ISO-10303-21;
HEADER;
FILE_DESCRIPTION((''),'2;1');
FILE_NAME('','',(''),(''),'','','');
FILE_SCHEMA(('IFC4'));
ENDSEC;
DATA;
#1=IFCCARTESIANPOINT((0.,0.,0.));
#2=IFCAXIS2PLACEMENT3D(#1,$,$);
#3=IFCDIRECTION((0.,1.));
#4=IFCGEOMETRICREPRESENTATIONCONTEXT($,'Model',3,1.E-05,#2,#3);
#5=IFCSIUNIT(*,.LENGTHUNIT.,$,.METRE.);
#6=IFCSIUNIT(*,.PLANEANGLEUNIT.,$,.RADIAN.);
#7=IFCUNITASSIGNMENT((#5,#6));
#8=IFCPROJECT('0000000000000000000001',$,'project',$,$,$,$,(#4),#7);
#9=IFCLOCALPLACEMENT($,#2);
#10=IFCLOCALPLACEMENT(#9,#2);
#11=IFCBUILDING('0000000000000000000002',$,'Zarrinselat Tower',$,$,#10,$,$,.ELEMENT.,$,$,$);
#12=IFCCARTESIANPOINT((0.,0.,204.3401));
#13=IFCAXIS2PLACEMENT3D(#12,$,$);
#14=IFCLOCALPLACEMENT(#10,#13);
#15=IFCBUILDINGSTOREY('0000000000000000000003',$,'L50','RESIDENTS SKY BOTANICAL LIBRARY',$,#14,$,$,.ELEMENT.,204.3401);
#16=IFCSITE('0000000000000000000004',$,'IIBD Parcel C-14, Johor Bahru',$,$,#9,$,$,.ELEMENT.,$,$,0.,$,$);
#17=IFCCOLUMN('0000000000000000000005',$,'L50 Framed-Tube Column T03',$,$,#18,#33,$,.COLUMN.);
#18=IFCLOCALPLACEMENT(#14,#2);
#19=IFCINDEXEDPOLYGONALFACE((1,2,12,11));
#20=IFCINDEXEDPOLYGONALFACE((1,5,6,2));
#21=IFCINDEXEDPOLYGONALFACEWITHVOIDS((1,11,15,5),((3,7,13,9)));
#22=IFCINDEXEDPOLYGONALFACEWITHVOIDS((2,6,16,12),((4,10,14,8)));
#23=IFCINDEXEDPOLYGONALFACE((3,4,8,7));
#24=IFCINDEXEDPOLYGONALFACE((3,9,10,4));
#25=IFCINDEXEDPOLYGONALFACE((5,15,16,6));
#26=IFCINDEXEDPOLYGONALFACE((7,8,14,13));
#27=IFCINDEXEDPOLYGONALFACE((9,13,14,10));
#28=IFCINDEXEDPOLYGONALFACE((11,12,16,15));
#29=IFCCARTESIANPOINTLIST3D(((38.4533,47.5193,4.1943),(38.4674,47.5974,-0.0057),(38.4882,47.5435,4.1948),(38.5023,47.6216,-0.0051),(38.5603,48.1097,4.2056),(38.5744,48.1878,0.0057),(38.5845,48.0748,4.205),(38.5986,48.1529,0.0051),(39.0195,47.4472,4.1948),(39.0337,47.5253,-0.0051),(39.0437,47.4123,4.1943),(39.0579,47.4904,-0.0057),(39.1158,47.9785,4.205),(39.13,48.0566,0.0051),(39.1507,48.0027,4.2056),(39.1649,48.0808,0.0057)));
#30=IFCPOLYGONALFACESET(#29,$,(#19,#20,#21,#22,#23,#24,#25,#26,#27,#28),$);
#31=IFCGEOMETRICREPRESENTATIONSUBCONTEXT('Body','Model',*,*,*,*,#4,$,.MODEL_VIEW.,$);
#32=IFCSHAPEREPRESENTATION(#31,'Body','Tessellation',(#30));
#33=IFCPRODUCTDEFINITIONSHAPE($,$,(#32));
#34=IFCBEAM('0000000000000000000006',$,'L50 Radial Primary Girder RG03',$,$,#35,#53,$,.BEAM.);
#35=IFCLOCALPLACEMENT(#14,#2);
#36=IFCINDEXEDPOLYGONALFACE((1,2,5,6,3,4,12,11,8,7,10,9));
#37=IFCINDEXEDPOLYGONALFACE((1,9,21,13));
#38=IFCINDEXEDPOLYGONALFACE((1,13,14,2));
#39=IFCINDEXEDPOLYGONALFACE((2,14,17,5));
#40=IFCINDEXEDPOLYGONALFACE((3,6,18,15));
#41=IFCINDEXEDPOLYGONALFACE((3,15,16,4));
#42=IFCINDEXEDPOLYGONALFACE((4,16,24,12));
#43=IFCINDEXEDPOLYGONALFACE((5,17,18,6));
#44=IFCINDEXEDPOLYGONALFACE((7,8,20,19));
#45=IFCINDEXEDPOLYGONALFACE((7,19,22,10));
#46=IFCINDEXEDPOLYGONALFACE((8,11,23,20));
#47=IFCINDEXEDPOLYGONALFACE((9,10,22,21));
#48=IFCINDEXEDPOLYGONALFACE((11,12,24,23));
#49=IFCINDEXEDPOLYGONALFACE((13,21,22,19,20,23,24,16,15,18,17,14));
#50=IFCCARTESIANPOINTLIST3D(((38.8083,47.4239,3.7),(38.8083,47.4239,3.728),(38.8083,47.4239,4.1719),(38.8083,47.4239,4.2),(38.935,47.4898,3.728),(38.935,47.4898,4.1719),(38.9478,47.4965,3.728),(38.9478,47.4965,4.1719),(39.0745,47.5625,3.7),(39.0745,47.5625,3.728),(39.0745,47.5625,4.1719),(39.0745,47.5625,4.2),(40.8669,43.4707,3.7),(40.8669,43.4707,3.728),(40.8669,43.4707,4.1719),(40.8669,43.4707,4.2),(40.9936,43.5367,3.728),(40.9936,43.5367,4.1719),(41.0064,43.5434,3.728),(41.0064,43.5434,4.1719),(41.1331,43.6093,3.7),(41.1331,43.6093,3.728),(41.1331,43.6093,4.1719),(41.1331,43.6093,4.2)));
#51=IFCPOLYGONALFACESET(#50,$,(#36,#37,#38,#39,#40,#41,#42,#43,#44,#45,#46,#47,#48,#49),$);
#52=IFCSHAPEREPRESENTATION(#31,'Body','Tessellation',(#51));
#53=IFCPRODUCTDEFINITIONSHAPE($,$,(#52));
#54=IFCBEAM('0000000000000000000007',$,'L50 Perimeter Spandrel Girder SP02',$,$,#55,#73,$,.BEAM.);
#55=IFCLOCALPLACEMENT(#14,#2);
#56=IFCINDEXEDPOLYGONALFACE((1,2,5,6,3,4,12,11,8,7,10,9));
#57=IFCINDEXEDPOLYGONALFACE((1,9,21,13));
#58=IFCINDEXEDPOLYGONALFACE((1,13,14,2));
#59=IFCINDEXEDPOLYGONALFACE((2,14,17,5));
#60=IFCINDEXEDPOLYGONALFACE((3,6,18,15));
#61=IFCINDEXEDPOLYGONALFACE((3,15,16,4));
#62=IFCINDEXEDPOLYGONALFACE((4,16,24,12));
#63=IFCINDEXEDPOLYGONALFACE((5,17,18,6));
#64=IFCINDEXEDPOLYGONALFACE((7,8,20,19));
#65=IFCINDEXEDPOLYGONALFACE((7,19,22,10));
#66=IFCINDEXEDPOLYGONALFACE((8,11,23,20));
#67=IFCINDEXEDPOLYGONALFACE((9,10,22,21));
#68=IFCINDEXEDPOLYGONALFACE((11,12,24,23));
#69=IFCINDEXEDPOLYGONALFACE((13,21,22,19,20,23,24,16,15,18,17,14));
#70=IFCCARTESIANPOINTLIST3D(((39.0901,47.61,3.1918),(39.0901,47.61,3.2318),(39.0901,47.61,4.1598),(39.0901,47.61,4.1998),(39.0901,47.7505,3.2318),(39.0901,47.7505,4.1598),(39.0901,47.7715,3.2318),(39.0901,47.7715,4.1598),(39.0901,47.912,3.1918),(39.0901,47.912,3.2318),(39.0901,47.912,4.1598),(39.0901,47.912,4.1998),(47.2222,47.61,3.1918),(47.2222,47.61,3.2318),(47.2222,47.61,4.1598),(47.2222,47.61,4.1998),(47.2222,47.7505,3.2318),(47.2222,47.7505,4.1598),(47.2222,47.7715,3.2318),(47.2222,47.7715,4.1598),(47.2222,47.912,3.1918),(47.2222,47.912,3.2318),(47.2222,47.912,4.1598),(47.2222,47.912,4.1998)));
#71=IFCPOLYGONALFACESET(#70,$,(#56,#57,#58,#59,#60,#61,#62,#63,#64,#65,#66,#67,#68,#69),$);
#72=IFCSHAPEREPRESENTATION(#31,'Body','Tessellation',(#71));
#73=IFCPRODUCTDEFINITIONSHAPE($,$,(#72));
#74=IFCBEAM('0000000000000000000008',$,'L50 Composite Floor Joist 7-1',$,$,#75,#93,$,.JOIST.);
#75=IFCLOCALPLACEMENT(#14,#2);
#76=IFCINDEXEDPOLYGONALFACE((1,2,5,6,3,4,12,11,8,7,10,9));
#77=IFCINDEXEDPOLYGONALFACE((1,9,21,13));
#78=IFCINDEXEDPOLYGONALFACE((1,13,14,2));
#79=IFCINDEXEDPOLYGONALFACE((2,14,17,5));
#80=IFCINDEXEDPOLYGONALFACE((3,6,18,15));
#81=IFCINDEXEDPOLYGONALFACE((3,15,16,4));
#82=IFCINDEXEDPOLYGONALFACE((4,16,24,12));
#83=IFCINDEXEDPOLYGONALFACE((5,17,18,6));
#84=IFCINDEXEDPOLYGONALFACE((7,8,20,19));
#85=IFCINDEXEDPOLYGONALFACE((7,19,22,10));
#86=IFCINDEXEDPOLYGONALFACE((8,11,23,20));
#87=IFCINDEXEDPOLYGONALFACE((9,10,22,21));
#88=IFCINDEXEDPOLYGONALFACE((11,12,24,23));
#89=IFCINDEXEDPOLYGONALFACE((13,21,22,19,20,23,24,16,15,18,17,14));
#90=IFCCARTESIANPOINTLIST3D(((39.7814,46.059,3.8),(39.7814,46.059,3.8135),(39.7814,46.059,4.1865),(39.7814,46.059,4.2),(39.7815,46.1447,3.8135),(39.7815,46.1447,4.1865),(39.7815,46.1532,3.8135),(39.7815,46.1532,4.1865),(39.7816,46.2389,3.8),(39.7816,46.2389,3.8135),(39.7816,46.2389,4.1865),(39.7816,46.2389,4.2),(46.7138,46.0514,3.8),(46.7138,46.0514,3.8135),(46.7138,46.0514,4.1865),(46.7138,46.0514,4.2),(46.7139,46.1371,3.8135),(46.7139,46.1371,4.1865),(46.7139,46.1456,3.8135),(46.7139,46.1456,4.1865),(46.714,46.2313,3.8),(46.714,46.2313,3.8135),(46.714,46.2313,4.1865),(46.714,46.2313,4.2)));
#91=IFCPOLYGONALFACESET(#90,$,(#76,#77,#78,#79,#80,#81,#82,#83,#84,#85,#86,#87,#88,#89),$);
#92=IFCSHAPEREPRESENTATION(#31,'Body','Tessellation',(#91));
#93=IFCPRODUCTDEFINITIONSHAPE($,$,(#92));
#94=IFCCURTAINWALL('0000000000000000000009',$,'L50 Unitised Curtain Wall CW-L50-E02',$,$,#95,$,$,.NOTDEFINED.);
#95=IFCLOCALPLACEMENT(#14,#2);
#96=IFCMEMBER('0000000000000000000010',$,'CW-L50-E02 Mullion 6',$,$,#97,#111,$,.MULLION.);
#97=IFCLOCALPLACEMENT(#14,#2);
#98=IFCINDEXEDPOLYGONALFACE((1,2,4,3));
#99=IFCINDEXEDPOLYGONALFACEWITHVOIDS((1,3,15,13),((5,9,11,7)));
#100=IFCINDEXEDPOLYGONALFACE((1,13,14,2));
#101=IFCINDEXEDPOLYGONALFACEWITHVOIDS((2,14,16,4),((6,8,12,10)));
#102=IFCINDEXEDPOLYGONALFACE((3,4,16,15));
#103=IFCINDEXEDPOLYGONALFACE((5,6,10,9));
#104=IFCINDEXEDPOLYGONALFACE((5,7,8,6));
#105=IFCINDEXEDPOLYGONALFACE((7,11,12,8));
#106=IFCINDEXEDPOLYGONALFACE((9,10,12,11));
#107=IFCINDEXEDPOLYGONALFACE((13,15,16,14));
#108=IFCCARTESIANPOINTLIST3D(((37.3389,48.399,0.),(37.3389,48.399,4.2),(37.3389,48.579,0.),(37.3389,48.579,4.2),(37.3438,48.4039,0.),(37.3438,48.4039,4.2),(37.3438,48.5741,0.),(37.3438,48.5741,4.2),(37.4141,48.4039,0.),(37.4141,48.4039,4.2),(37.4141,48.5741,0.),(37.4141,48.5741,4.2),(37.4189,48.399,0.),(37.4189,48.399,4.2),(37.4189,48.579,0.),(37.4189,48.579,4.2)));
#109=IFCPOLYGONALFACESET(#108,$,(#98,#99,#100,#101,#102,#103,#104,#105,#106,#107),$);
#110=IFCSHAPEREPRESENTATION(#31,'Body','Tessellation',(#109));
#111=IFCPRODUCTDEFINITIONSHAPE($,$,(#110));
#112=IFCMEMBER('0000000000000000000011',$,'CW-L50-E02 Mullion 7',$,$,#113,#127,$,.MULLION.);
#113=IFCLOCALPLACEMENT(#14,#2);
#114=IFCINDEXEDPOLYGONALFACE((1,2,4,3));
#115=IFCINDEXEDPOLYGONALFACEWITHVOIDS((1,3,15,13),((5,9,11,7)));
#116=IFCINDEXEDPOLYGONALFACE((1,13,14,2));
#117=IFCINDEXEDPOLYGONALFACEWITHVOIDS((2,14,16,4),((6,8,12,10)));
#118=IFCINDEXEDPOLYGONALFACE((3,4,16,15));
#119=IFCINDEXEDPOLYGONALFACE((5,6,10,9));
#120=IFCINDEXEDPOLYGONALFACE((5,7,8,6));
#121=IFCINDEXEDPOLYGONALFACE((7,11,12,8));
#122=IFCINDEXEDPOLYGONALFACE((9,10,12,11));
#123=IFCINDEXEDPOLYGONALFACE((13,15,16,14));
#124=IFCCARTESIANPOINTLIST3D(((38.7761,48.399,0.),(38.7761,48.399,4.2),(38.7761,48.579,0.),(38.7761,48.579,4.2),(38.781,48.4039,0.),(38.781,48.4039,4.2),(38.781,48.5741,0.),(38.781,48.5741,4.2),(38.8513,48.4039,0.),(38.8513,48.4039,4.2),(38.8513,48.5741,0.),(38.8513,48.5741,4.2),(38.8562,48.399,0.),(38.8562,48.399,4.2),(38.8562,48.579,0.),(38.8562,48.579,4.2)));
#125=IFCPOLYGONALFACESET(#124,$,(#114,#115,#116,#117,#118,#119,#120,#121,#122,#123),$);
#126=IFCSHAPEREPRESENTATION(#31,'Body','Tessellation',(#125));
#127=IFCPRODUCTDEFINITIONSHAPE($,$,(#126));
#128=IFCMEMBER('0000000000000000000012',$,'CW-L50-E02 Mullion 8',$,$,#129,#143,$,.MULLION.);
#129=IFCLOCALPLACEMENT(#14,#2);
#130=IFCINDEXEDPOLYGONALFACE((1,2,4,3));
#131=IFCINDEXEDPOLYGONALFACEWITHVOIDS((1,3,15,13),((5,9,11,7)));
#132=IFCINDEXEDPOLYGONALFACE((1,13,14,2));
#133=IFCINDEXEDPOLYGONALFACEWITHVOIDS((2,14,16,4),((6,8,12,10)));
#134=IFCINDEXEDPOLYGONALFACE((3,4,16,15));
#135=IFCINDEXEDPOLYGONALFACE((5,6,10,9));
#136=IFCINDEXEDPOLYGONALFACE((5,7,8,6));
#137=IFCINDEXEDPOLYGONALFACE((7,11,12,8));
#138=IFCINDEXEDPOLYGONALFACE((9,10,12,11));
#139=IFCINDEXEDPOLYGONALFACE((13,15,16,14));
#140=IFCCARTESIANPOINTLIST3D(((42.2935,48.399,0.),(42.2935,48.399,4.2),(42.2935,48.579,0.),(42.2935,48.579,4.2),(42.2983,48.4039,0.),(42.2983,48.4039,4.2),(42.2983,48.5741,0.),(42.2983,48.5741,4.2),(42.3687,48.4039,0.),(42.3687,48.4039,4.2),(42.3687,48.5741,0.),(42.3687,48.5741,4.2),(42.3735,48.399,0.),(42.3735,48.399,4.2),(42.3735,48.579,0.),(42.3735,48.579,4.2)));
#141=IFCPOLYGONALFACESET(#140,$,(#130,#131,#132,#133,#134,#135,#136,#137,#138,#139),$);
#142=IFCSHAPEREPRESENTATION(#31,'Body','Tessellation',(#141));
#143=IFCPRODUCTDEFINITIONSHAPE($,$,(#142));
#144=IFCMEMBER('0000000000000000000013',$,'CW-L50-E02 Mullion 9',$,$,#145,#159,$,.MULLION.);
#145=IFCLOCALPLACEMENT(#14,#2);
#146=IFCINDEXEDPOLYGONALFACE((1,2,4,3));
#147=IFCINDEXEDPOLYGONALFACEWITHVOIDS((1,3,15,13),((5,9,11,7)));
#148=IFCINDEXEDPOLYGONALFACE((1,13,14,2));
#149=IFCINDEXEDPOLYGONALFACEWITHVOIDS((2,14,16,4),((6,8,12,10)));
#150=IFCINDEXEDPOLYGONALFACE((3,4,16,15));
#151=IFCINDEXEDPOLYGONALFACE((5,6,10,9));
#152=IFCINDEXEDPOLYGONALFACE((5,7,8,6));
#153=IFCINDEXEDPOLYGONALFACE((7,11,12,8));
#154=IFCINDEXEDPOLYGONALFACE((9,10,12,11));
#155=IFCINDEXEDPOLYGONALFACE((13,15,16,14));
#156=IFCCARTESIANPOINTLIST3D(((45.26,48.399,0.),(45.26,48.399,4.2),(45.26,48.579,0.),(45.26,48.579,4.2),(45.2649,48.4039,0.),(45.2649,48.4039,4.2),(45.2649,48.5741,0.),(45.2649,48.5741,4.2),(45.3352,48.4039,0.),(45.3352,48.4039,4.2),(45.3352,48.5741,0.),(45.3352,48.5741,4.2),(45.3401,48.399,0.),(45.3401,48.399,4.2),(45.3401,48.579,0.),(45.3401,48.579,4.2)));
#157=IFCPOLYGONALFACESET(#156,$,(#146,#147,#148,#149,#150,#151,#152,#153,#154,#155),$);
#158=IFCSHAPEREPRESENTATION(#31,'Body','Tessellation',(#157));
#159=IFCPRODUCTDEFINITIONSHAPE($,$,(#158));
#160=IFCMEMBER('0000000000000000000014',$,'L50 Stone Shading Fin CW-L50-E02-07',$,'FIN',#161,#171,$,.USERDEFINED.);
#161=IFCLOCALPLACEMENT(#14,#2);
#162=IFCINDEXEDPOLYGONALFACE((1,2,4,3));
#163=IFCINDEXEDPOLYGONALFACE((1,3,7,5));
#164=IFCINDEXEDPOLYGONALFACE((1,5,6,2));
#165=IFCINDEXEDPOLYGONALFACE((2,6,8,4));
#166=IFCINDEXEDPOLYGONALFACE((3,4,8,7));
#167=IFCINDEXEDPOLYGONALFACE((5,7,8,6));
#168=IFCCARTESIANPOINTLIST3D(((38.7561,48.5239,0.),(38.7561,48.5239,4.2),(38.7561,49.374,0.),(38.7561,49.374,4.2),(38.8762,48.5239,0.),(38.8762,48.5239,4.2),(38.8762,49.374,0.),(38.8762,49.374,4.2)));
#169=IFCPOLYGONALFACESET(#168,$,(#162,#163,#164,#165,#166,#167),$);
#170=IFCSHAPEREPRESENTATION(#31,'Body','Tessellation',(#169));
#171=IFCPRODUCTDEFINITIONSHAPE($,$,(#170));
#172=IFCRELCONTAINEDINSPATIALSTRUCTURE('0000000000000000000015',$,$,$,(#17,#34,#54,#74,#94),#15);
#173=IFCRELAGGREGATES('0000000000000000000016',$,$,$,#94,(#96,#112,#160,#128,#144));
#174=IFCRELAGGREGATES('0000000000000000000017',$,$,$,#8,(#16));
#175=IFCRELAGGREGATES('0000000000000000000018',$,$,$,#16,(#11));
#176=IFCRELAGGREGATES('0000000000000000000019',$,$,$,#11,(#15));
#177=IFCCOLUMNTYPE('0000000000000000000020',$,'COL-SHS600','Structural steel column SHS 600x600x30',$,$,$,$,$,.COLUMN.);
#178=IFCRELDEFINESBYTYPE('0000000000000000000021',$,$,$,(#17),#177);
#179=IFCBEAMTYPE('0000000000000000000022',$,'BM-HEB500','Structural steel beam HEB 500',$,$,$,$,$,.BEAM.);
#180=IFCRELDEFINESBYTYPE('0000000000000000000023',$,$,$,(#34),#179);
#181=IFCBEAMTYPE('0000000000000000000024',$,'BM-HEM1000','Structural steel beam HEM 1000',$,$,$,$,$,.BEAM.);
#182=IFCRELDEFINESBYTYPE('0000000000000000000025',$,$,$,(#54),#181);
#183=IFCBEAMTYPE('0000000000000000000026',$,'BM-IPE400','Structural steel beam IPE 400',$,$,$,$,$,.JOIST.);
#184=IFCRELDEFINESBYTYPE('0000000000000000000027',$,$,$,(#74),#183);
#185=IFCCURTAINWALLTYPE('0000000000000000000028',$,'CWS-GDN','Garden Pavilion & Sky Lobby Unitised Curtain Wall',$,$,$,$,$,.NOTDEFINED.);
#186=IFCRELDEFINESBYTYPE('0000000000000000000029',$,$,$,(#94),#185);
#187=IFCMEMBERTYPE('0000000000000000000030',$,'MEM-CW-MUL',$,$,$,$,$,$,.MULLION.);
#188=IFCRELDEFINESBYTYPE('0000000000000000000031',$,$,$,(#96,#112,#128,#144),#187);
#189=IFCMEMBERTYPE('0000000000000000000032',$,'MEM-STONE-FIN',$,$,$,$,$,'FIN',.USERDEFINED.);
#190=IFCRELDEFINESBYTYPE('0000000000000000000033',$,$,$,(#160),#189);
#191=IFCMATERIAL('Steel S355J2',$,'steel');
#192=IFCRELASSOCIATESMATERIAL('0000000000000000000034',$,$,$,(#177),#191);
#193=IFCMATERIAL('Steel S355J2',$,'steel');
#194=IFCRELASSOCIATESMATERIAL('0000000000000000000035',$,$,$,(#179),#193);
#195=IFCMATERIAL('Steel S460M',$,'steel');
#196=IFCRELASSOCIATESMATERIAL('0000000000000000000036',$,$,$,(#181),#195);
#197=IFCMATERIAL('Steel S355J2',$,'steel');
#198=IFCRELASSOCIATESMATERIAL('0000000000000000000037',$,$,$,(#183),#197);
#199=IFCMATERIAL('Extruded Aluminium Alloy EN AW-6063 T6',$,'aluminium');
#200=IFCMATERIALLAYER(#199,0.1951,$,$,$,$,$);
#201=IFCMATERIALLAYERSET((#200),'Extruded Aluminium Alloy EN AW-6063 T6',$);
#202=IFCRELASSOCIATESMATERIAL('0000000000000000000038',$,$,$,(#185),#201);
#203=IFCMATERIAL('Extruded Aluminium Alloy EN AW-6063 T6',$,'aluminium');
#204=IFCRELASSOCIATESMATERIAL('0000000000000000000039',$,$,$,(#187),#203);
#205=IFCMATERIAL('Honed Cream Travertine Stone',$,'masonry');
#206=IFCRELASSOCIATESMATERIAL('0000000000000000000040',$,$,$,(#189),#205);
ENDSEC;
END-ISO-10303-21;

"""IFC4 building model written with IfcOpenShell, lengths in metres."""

from ifc_helpers import new_model, si_unit, direction, frame, origin, origin_2d, place, context, subcontext, project, spatial, rectangle, hollow_rectangle, i_section, extrude, material, layer, layer_set, material_profile, profile_set, type_object, element, aggregate, save


model = new_model("IFC4")

# Units and contexts
model_context = context("Model", 3, precision=1e-05, world=origin(), true_north=direction((0.0, 1.0)))
body_context = subcontext(model_context, "Body", "Model", "MODEL_VIEW")
ifc_project = project(units=[si_unit("LENGTHUNIT", "METRE"), si_unit("PLANEANGLEUNIT", "RADIAN")], contexts=[model_context])

# Site, building, storey
site_placement = place(None, origin())
site = spatial("IfcSite", under=ifc_project, at=site_placement, Name="IIBD Parcel C-14, Johor Bahru", CompositionType="ELEMENT", RefElevation=0.0)
building_placement = place(site_placement, origin())
building = spatial("IfcBuilding", under=site, at=building_placement, Name="Zarrinselat Tower", CompositionType="ELEMENT")
storey_placement = place(building_placement, frame((0.0, 0.0, 204.3401)))
storey = spatial("IfcBuildingStorey", under=building, at=storey_placement, Name="L50", Description="RESIDENTS SKY BOTANICAL LIBRARY", CompositionType="ELEMENT", Elevation=204.3401)

# Column
ifc_material_1 = material(Name="Steel S355J2", Category="steel")
ifc_material_profile_1 = material_profile(ifc_material_1, hollow_rectangle(XDim=0.6001, YDim=0.6001, WallThickness=0.03, at=origin_2d()), Name="SHS 600x600x30")
ifc_profile_set_1 = profile_set([ifc_material_profile_1], Name="Steel S355J2")
column_type = type_object("IfcColumnType", Name="COL-SHS600", Description="Structural steel column SHS 600x600x30", PredefinedType="COLUMN", material=ifc_profile_set_1)
column_placement = place(storey_placement, frame((38.8162, 47.8391, 0.0), z_axis=(-0.003371, -0.018598, 0.999821), x_axis=(0.983968, -0.178344, 0.0)))
element("IfcColumn", 1, at=column_placement, inside=storey, type_object=column_type, Name="L50 Framed-Tube Column T03", PredefinedType="COLUMN", context=body_context, shape_type="SweptSolid", body=[
    extrude(hollow_rectangle(XDim=0.6001, YDim=0.6001, WallThickness=0.03, at=origin_2d()), origin(), (0.0, 0.0, 1.0), 4.2007),
])

# Beams
ifc_material_2 = material(Name="Steel S355J2", Category="steel")
ifc_material_profile_2 = material_profile(ifc_material_2, i_section(OverallWidth=0.3, OverallDepth=0.5, WebThickness=0.0144, FlangeThickness=0.0281, at=origin_2d()), Name="HEB 500")
ifc_profile_set_2 = profile_set([ifc_material_profile_2], Name="Steel S355J2")
beam_type_1 = type_object("IfcBeamType", Name="BM-HEB500", Description="Structural steel beam HEB 500", PredefinedType="BEAM", material=ifc_profile_set_2)
beam_1_placement = place(storey_placement, frame((38.9414, 47.4932, 3.95), z_axis=(0.461877, -0.886944, 0.0), x_axis=(0.886944, 0.461877, 0.0)))
element("IfcBeam", 2, at=beam_1_placement, inside=storey, type_object=beam_type_1, Name="L50 Radial Primary Girder RG03", PredefinedType="BEAM", context=body_context, shape_type="SweptSolid", body=[
    extrude(i_section(OverallWidth=0.3, OverallDepth=0.5, WebThickness=0.0144, FlangeThickness=0.0281, at=origin_2d()), origin(), (0.0, 0.0, 1.0), 4.457),
])
ifc_material_3 = material(Name="Steel S460M", Category="steel")
ifc_material_profile_3 = material_profile(ifc_material_3, i_section(OverallWidth=0.302, OverallDepth=1.0081, WebThickness=0.021, FlangeThickness=0.04, at=origin_2d()), Name="HEM 1000")
ifc_profile_set_3 = profile_set([ifc_material_profile_3], Name="Steel S460M")
beam_type_2 = type_object("IfcBeamType", Name="BM-HEM1000", Description="Structural steel beam HEM 1000", PredefinedType="BEAM", material=ifc_profile_set_3)
beam_2_placement = place(storey_placement, frame((39.0901, 47.761, 3.6958), z_axis=(1.0, 0.0, 0.0), x_axis=(0.0, 1.0, 0.0)))
element("IfcBeam", 3, at=beam_2_placement, inside=storey, type_object=beam_type_2, Name="L50 Perimeter Spandrel Girder SP02", PredefinedType="BEAM", context=body_context, shape_type="SweptSolid", body=[
    extrude(i_section(OverallWidth=0.302, OverallDepth=1.0081, WebThickness=0.021, FlangeThickness=0.04, at=origin_2d()), origin(), (0.0, 0.0, 1.0), 8.1321),
])
ifc_material_4 = material(Name="Steel S355J2", Category="steel")
ifc_material_profile_4 = material_profile(ifc_material_4, i_section(OverallWidth=0.1799, OverallDepth=0.3999, WebThickness=0.0085, FlangeThickness=0.0134, at=origin_2d()), Name="IPE 400")
ifc_profile_set_4 = profile_set([ifc_material_profile_4], Name="Steel S355J2")
beam_type_3 = type_object("IfcBeamType", Name="BM-IPE400", Description="Structural steel beam IPE 400", PredefinedType="JOIST", material=ifc_profile_set_4)
beam_3_placement = place(storey_placement, frame((39.7815, 46.1489, 4.0), z_axis=(0.999999, -0.001092, 0.0), x_axis=(0.001092, 0.999999, 0.0)))
element("IfcBeam", 4, at=beam_3_placement, inside=storey, type_object=beam_type_3, Name="L50 Composite Floor Joist 7-1", PredefinedType="JOIST", context=body_context, shape_type="SweptSolid", body=[
    extrude(i_section(OverallWidth=0.1799, OverallDepth=0.3999, WebThickness=0.0085, FlangeThickness=0.0134, at=origin_2d()), origin(), (0.0, 0.0, 1.0), 6.9324),
])

# Curtain wall, members
ifc_material_5 = material(Name="Extruded Aluminium Alloy EN AW-6063 T6", Category="aluminium")
ifc_layer_1 = layer(ifc_material_5, 0.1951)
ifc_layer_set_1 = layer_set([ifc_layer_1], Name="Extruded Aluminium Alloy EN AW-6063 T6")
curtain_wall_type = type_object("IfcCurtainWallType", Name="CWS-GDN", Description="Garden Pavilion & Sky Lobby Unitised Curtain Wall", PredefinedType="NOTDEFINED", material=ifc_layer_set_1)
curtain_wall_placement = place(storey_placement, origin())
curtain_wall = element("IfcCurtainWall", 5, at=curtain_wall_placement, inside=storey, type_object=curtain_wall_type, Name="L50 Unitised Curtain Wall CW-L50-E02", PredefinedType="NOTDEFINED")
ifc_material_6 = material(Name="Extruded Aluminium Alloy EN AW-6063 T6", Category="aluminium")
ifc_material_profile_5 = material_profile(ifc_material_6, hollow_rectangle(XDim=0.0801, YDim=0.1799, WallThickness=0.0049, at=origin_2d()), Name="RHS 180x80x5")
ifc_profile_set_5 = profile_set([ifc_material_profile_5], Name="Extruded Aluminium Alloy EN AW-6063 T6")
member_type_1 = type_object("IfcMemberType", Name="MEM-CW-MUL", PredefinedType="MULLION", material=ifc_profile_set_5)
member_1_placement = place(storey_placement, frame((37.3789, 48.489, 0.0), z_axis=(0.0, 0.0, 1.0), x_axis=(1.0, 0.0, 0.0)))
member_1 = element("IfcMember", 6, at=member_1_placement, type_object=member_type_1, Name="CW-L50-E02 Mullion 6", PredefinedType="MULLION", context=body_context, shape_type="SweptSolid", body=[
    extrude(hollow_rectangle(XDim=0.0801, YDim=0.1799, WallThickness=0.0049, at=origin_2d()), origin(), (0.0, 0.0, 1.0), 4.2),
])
member_2_placement = place(storey_placement, frame((38.8162, 48.489, 0.0), z_axis=(0.0, 0.0, 1.0), x_axis=(1.0, 0.0, 0.0)))
member_2 = element("IfcMember", 7, at=member_2_placement, type_object=member_type_1, Name="CW-L50-E02 Mullion 7", PredefinedType="MULLION", context=body_context, shape_type="SweptSolid", body=[
    extrude(hollow_rectangle(XDim=0.0801, YDim=0.1799, WallThickness=0.0049, at=origin_2d()), origin(), (0.0, 0.0, 1.0), 4.2),
])
member_3_placement = place(storey_placement, frame((42.3335, 48.489, 0.0), z_axis=(0.0, 0.0, 1.0), x_axis=(1.0, 0.0, 0.0)))
member_3 = element("IfcMember", 8, at=member_3_placement, type_object=member_type_1, Name="CW-L50-E02 Mullion 8", PredefinedType="MULLION", context=body_context, shape_type="SweptSolid", body=[
    extrude(hollow_rectangle(XDim=0.0801, YDim=0.1799, WallThickness=0.0049, at=origin_2d()), origin(), (0.0, 0.0, 1.0), 4.2),
])
member_4_placement = place(storey_placement, frame((45.3, 48.489, 0.0), z_axis=(0.0, 0.0, 1.0), x_axis=(1.0, 0.0, 0.0)))
member_4 = element("IfcMember", 9, at=member_4_placement, type_object=member_type_1, Name="CW-L50-E02 Mullion 9", PredefinedType="MULLION", context=body_context, shape_type="SweptSolid", body=[
    extrude(hollow_rectangle(XDim=0.0801, YDim=0.1799, WallThickness=0.0049, at=origin_2d()), origin(), (0.0, 0.0, 1.0), 4.2),
])
ifc_material_7 = material(Name="Honed Cream Travertine Stone", Category="masonry")
ifc_material_profile_6 = material_profile(ifc_material_7, rectangle(XDim=0.1201, YDim=0.8501, at=origin_2d()), Name="FIN 850x120")
ifc_profile_set_6 = profile_set([ifc_material_profile_6], Name="Honed Cream Travertine Stone")
member_type_2 = type_object("IfcMemberType", Name="MEM-STONE-FIN", ElementType="FIN", PredefinedType="USERDEFINED", material=ifc_profile_set_6)
member_5_placement = place(storey_placement, frame((38.8162, 48.949, 0.0), z_axis=(0.0, 0.0, 1.0), x_axis=(1.0, 0.0, 0.0)))
member_5 = element("IfcMember", 10, at=member_5_placement, type_object=member_type_2, Name="L50 Stone Shading Fin CW-L50-E02-07", ObjectType="FIN", PredefinedType="USERDEFINED", context=body_context, shape_type="SweptSolid", body=[
    extrude(rectangle(XDim=0.1201, YDim=0.8501, at=origin_2d()), origin(), (0.0, 0.0, 1.0), 4.2),
])
aggregate(curtain_wall, [member_1, member_2, member_5, member_3, member_4])

save(model, "model.ifc")
